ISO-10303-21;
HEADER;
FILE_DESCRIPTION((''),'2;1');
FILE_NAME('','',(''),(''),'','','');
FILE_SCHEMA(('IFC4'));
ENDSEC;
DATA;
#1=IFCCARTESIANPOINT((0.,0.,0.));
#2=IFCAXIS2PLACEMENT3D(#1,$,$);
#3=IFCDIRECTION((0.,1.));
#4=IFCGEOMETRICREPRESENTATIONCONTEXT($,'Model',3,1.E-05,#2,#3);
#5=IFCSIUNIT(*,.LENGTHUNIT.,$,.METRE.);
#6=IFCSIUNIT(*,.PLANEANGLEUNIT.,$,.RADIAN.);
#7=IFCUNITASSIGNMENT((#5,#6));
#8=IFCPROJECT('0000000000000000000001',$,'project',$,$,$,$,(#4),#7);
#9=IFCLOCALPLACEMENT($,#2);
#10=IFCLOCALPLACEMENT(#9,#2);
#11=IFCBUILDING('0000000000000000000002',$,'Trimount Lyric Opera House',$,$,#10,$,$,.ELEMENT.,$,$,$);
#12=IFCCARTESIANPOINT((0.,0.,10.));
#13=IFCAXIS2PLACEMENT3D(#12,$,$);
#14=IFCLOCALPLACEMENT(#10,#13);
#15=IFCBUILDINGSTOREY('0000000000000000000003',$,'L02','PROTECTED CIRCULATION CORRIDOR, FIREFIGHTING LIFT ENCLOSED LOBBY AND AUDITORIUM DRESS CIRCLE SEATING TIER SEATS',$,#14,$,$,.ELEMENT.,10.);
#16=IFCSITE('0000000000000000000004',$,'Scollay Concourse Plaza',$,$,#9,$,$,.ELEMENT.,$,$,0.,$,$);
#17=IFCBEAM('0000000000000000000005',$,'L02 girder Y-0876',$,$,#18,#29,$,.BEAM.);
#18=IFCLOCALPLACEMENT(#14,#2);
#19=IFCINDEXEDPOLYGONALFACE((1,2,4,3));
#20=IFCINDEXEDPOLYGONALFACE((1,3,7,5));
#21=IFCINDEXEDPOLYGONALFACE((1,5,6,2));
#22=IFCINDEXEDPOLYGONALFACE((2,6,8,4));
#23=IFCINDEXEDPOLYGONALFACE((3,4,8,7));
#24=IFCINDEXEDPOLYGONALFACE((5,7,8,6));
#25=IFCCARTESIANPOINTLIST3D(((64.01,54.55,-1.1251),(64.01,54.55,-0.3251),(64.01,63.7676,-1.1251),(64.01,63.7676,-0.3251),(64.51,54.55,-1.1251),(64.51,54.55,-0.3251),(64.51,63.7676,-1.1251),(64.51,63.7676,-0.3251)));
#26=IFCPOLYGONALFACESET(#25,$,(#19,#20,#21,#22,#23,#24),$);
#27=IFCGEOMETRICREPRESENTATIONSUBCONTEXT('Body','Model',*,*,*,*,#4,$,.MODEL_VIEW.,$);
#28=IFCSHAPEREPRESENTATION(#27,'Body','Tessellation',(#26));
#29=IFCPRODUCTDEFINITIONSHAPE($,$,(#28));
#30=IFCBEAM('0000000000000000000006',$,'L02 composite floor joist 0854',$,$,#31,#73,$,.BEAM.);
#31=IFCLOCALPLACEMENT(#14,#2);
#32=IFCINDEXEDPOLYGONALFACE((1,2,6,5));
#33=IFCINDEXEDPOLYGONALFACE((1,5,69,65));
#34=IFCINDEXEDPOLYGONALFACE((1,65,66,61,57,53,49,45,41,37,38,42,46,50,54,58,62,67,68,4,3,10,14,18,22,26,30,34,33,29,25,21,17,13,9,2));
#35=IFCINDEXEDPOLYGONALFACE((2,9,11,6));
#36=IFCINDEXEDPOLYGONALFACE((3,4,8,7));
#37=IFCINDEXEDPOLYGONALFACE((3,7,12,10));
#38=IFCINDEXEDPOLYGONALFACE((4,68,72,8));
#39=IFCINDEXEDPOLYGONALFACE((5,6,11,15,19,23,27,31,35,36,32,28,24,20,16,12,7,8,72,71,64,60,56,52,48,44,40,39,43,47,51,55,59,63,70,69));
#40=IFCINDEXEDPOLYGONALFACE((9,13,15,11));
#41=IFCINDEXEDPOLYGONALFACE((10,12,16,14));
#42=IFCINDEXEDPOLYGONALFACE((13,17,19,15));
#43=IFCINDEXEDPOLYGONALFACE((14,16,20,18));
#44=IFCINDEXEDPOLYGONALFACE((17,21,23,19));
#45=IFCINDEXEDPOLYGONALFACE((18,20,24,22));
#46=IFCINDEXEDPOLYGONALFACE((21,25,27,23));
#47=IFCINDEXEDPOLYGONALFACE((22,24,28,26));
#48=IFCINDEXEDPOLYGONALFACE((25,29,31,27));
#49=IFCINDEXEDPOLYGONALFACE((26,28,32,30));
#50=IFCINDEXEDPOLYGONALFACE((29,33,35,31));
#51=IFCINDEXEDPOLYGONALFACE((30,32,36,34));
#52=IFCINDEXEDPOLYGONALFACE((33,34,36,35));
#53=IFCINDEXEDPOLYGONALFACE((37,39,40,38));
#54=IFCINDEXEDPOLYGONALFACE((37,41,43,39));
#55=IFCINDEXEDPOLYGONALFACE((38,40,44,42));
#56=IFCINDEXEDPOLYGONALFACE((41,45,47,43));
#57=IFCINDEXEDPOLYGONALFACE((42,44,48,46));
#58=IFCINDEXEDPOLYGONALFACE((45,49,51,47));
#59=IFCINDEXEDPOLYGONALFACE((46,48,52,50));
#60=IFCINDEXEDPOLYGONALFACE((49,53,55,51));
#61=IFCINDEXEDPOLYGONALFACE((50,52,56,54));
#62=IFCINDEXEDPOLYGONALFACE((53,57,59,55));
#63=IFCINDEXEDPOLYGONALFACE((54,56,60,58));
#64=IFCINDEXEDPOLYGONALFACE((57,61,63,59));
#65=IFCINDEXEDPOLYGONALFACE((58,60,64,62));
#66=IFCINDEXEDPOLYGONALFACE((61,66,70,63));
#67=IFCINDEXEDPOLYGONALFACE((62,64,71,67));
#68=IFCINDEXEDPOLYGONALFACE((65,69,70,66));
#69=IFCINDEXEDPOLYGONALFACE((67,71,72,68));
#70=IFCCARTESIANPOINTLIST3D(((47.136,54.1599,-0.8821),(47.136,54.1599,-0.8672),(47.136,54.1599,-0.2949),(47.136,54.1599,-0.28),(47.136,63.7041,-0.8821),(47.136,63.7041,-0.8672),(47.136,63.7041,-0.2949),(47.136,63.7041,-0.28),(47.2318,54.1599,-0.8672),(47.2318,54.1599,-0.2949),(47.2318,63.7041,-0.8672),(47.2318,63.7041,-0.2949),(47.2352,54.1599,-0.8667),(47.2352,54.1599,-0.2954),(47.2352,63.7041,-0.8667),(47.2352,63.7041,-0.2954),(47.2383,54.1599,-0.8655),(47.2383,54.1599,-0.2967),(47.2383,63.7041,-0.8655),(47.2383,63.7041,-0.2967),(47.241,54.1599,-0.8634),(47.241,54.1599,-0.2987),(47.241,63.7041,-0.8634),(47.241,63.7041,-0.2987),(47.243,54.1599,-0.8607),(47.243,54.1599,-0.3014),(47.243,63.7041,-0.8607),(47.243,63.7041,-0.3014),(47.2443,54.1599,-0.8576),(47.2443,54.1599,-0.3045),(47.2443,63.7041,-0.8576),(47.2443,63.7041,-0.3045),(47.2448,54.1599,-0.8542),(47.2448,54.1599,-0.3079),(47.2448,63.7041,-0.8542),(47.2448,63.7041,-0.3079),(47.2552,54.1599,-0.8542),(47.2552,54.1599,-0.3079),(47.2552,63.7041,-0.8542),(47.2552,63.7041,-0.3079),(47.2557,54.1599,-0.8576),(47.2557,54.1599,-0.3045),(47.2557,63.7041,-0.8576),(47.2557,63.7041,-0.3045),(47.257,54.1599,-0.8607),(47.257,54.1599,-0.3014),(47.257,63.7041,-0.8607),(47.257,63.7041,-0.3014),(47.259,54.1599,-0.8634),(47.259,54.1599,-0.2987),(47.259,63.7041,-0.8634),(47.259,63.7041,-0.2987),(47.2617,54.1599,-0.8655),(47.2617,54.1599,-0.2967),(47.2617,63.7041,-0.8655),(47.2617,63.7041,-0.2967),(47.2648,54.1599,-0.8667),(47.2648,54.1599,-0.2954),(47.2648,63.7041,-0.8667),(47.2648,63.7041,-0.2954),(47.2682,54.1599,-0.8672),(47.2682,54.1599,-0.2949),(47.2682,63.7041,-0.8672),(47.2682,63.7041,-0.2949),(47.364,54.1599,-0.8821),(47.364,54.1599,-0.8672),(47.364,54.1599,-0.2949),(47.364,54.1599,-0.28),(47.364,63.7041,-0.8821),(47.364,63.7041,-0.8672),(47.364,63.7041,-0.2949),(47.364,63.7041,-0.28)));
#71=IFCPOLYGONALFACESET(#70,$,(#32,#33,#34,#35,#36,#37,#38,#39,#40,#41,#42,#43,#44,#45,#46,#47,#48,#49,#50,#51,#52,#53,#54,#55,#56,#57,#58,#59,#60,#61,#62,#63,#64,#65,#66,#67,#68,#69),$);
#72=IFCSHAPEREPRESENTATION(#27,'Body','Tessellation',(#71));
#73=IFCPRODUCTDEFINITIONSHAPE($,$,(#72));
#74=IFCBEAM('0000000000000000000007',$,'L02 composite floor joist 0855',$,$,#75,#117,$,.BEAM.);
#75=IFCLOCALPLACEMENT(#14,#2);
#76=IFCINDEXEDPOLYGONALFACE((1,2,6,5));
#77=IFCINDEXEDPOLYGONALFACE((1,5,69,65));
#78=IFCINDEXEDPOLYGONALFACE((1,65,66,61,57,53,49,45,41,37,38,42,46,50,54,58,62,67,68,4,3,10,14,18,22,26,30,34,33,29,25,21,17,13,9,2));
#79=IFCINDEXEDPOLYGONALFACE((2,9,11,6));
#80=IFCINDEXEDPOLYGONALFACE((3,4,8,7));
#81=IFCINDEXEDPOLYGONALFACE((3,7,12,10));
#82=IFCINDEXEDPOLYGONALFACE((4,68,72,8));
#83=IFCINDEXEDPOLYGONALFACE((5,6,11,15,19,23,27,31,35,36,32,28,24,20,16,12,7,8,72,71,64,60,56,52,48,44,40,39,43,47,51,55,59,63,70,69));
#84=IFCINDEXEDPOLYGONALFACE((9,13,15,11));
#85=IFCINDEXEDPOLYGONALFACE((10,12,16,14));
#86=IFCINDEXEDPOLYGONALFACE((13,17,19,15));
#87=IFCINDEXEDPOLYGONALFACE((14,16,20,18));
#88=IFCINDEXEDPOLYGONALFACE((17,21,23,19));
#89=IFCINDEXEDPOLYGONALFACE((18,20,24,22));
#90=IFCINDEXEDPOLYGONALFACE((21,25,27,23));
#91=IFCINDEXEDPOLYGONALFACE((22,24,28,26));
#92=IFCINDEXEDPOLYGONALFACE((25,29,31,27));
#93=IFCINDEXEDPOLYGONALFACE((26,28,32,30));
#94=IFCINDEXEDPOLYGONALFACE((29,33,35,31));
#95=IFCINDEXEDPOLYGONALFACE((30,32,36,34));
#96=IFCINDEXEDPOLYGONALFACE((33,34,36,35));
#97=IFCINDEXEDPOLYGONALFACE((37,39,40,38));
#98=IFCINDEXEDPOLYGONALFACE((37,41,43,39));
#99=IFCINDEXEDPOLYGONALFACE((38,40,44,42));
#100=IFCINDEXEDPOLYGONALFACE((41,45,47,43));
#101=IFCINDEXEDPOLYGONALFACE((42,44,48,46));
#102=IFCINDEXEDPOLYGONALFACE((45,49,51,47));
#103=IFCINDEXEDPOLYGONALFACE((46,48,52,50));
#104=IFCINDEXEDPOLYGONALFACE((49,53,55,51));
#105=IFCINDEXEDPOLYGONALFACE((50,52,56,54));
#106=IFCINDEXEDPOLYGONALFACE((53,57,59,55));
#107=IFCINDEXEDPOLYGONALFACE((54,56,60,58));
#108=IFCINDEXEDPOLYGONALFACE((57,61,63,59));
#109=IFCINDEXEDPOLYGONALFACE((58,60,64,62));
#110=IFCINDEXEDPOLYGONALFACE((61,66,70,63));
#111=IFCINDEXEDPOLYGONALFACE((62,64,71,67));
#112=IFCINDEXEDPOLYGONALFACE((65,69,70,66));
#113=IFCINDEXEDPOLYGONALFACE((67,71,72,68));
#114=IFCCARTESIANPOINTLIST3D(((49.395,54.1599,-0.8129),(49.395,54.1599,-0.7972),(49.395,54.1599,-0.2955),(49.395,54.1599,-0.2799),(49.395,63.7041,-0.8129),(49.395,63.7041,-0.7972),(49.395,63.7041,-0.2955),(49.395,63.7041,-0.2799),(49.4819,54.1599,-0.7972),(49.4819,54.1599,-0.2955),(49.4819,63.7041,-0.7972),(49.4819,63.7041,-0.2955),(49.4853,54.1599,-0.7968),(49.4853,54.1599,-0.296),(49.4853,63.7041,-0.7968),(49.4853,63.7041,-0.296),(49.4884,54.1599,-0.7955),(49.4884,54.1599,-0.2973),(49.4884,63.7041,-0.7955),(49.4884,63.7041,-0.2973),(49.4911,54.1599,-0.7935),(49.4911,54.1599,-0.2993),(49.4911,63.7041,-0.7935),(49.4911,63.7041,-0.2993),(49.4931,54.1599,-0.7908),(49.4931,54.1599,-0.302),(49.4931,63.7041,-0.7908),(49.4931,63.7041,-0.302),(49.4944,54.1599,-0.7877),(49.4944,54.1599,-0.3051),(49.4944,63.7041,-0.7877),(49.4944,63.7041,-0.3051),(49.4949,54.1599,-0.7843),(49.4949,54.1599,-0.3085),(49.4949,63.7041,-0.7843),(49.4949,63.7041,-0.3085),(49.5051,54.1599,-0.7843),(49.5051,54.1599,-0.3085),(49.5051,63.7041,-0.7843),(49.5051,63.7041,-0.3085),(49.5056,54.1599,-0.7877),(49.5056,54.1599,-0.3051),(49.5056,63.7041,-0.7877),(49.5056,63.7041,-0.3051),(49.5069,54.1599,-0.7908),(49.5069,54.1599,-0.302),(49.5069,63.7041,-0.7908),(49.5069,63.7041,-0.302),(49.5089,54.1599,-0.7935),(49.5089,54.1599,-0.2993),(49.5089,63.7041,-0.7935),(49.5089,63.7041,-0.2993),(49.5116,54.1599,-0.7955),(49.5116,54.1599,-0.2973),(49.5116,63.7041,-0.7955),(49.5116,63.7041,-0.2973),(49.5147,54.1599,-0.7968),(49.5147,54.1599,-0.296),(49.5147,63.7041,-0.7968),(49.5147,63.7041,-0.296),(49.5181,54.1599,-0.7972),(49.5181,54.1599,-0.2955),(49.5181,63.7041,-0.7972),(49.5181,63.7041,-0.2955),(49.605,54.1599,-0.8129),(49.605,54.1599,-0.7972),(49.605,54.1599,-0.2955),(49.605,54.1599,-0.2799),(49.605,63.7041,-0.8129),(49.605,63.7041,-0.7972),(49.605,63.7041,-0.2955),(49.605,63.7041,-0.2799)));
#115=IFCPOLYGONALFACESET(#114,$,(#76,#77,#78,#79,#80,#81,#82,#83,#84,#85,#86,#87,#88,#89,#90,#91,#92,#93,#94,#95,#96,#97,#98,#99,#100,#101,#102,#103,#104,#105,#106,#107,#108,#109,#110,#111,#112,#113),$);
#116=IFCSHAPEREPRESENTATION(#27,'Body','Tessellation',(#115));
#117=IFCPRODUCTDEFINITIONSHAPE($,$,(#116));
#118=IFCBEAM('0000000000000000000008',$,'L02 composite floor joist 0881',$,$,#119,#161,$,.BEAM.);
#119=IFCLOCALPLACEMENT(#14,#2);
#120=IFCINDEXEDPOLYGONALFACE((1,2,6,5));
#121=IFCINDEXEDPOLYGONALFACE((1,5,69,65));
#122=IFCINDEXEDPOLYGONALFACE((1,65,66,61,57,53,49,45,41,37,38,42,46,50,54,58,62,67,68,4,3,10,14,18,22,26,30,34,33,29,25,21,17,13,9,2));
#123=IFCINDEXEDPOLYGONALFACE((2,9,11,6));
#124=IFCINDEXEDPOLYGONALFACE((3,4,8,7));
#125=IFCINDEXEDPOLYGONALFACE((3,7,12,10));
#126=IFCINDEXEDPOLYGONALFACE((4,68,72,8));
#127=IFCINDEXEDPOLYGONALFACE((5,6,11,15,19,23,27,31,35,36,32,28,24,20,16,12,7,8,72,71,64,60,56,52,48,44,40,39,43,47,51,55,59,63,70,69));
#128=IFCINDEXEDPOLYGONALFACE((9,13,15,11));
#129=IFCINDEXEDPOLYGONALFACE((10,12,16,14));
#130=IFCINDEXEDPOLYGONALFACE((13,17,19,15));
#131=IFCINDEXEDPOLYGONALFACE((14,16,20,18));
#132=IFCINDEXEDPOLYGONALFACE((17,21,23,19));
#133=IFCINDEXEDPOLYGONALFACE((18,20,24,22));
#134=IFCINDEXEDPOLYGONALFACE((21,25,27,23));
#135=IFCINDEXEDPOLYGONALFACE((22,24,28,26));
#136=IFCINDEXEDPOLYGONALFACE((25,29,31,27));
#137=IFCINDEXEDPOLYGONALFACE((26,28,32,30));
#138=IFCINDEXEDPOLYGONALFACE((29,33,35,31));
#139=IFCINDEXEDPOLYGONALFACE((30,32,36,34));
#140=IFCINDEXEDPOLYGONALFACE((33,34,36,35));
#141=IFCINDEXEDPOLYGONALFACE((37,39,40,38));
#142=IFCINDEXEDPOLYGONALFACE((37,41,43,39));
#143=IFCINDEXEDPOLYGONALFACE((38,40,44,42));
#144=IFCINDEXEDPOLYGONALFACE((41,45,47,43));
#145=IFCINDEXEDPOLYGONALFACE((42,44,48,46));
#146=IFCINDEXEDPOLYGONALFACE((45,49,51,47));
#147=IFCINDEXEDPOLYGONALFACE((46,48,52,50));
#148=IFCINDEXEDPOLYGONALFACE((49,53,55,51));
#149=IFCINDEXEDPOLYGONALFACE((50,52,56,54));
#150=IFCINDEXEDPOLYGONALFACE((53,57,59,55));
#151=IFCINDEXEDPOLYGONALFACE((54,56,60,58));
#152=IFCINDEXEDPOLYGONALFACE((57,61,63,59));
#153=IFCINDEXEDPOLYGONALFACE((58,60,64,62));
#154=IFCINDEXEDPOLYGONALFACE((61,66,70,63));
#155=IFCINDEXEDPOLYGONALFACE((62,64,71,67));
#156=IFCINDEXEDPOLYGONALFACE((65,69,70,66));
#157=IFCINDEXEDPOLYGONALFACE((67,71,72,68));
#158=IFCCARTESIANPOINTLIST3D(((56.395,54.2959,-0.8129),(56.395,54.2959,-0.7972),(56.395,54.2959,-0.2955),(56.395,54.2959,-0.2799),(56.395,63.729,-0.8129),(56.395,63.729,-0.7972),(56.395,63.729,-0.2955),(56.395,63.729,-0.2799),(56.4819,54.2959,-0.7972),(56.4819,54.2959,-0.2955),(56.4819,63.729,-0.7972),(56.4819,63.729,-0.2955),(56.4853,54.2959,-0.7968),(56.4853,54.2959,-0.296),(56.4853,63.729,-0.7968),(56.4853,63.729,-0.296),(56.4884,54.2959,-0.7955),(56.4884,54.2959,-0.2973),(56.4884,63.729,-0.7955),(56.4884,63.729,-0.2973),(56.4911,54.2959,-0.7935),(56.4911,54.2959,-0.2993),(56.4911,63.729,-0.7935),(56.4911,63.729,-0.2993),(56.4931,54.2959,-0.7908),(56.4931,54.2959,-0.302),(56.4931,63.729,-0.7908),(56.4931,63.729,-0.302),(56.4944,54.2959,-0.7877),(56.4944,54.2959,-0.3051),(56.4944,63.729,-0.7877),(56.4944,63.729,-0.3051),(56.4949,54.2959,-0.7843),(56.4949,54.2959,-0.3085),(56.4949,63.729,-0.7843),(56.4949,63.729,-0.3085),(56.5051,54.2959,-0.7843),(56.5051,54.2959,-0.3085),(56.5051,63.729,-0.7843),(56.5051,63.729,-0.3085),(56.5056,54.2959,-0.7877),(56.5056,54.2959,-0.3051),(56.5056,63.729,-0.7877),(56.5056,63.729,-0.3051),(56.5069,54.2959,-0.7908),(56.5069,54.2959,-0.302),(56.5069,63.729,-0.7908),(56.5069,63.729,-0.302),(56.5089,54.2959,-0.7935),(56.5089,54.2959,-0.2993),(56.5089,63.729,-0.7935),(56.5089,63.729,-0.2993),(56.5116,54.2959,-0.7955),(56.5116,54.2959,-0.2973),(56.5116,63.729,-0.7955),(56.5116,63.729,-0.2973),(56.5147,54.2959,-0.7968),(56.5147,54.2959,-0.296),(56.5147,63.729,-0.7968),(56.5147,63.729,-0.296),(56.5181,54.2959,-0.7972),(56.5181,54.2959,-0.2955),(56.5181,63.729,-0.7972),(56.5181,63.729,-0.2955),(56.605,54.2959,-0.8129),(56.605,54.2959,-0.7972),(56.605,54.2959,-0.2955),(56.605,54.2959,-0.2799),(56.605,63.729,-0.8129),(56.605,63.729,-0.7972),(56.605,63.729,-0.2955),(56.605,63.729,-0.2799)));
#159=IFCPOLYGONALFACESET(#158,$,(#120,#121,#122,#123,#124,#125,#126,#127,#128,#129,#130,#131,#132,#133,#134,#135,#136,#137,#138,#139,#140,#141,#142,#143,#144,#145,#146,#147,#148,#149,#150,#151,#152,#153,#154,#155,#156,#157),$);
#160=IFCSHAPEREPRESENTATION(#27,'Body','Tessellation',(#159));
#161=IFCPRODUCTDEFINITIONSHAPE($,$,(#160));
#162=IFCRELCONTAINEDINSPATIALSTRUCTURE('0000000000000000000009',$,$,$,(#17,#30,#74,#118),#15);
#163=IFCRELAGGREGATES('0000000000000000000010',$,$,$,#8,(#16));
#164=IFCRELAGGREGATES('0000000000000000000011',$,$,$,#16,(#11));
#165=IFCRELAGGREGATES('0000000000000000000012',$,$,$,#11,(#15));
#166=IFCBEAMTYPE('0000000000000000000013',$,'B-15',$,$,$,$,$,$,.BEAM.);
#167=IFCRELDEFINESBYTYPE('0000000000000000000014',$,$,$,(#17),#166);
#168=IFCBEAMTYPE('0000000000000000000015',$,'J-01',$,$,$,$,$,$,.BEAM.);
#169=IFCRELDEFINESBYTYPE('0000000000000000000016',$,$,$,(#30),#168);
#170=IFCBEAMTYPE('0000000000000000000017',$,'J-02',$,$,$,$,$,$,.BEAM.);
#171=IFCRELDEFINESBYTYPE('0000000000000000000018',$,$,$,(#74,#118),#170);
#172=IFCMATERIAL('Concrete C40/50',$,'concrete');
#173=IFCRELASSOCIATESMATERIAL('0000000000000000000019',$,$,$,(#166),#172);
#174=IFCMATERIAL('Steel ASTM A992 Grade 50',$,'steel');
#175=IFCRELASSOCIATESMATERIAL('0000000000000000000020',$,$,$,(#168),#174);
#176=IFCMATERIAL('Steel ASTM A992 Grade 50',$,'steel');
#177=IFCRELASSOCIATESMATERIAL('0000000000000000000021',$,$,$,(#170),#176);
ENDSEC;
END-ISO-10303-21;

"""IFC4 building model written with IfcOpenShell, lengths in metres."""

from ifc_helpers import new_model, si_unit, direction, frame, origin, origin_2d, place, context, subcontext, project, spatial, rectangle, i_section, extrude, material, material_profile, profile_set, type_object, element, save


model = new_model("IFC4")

# Units and contexts
model_context = context("Model", 3, precision=1e-05, world=origin(), true_north=direction((0.0, 1.0)))
body_context = subcontext(model_context, "Body", "Model", "MODEL_VIEW")
ifc_project = project(units=[si_unit("LENGTHUNIT", "METRE"), si_unit("PLANEANGLEUNIT", "RADIAN")], contexts=[model_context])

# Site, building, storey
site_placement = place(None, origin())
site = spatial("IfcSite", under=ifc_project, at=site_placement, Name="Scollay Concourse Plaza", CompositionType="ELEMENT", RefElevation=0.0)
building_placement = place(site_placement, origin())
building = spatial("IfcBuilding", under=site, at=building_placement, Name="Trimount Lyric Opera House", CompositionType="ELEMENT")
storey_placement = place(building_placement, frame((0.0, 0.0, 10.0)))
storey = spatial("IfcBuildingStorey", under=building, at=storey_placement, Name="L02", Description="PROTECTED CIRCULATION CORRIDOR, FIREFIGHTING LIFT ENCLOSED LOBBY AND AUDITORIUM DRESS CIRCLE SEATING TIER SEATS", CompositionType="ELEMENT", Elevation=10.0)

# Beams
ifc_material_1 = material(Name="Concrete C40/50", Category="concrete")
ifc_material_profile_1 = material_profile(ifc_material_1, rectangle(XDim=0.5, YDim=0.8, at=origin_2d()), Name="RC500X800")
ifc_profile_set_1 = profile_set([ifc_material_profile_1], Name="Concrete C40/50")
beam_type_1 = type_object("IfcBeamType", Name="B-15", PredefinedType="BEAM", material=ifc_profile_set_1)
beam_1_placement = place(storey_placement, frame((64.26, 54.55, -0.7251), z_axis=(0.0, 1.0, 0.0), x_axis=(-1.0, 0.0, 0.0)))
element("IfcBeam", 1, at=beam_1_placement, inside=storey, type_object=beam_type_1, Name="L02 girder Y-0876", PredefinedType="BEAM", context=body_context, shape_type="SweptSolid", body=[
    extrude(rectangle(XDim=0.5, YDim=0.8, at=origin_2d()), origin(), (0.0, 0.0, 1.0), 9.2175),
])
ifc_material_2 = material(Name="Steel ASTM A992 Grade 50", Category="steel")
ifc_material_profile_2 = material_profile(ifc_material_2, i_section(OverallWidth=0.228, OverallDepth=0.6021, WebThickness=0.0105, FlangeThickness=0.0149, FilletRadius=0.0129, at=origin_2d()), Name="W24X68")
ifc_profile_set_2 = profile_set([ifc_material_profile_2], Name="Steel ASTM A992 Grade 50")
beam_type_2 = type_object("IfcBeamType", Name="J-01", PredefinedType="BEAM", material=ifc_profile_set_2)
beam_2_placement = place(storey_placement, frame((47.25, 54.1599, -0.5811), z_axis=(0.0, 1.0, 0.0), x_axis=(-1.0, 0.0, 0.0)))
element("IfcBeam", 2, at=beam_2_placement, inside=storey, type_object=beam_type_2, Name="L02 composite floor joist 0854", PredefinedType="BEAM", context=body_context, shape_type="SweptSolid", body=[
    extrude(i_section(OverallWidth=0.228, OverallDepth=0.6021, WebThickness=0.0105, FlangeThickness=0.0149, FilletRadius=0.0129, at=origin_2d()), origin(), (0.0, 0.0, 1.0), 9.5442),
])
ifc_material_3 = material(Name="Steel ASTM A992 Grade 50", Category="steel")
ifc_material_profile_3 = material_profile(ifc_material_3, i_section(OverallWidth=0.21, OverallDepth=0.533, WebThickness=0.0103, FlangeThickness=0.0156, FilletRadius=0.0129, at=origin_2d()), Name="W21X62")
ifc_profile_set_3 = profile_set([ifc_material_profile_3], Name="Steel ASTM A992 Grade 50")
beam_type_3 = type_object("IfcBeamType", Name="J-02", PredefinedType="BEAM", material=ifc_profile_set_3)
beam_3_placement = place(storey_placement, frame((49.5, 54.1599, -0.5464), z_axis=(0.0, 1.0, 0.0), x_axis=(-1.0, 0.0, 0.0)))
element("IfcBeam", 3, at=beam_3_placement, inside=storey, type_object=beam_type_3, Name="L02 composite floor joist 0855", PredefinedType="BEAM", context=body_context, shape_type="SweptSolid", body=[
    extrude(i_section(OverallWidth=0.21, OverallDepth=0.533, WebThickness=0.0103, FlangeThickness=0.0156, FilletRadius=0.0129, at=origin_2d()), origin(), (0.0, 0.0, 1.0), 9.5442),
])
beam_4_placement = place(storey_placement, frame((56.5, 54.2959, -0.5464), z_axis=(0.0, 1.0, 0.0), x_axis=(-1.0, 0.0, 0.0)))
element("IfcBeam", 4, at=beam_4_placement, inside=storey, type_object=beam_type_3, Name="L02 composite floor joist 0881", PredefinedType="BEAM", context=body_context, shape_type="SweptSolid", body=[
    extrude(i_section(OverallWidth=0.21, OverallDepth=0.533, WebThickness=0.0103, FlangeThickness=0.0156, FilletRadius=0.0129, at=origin_2d()), origin(), (0.0, 0.0, 1.0), 9.4331),
])

save(model, "model.ifc")
